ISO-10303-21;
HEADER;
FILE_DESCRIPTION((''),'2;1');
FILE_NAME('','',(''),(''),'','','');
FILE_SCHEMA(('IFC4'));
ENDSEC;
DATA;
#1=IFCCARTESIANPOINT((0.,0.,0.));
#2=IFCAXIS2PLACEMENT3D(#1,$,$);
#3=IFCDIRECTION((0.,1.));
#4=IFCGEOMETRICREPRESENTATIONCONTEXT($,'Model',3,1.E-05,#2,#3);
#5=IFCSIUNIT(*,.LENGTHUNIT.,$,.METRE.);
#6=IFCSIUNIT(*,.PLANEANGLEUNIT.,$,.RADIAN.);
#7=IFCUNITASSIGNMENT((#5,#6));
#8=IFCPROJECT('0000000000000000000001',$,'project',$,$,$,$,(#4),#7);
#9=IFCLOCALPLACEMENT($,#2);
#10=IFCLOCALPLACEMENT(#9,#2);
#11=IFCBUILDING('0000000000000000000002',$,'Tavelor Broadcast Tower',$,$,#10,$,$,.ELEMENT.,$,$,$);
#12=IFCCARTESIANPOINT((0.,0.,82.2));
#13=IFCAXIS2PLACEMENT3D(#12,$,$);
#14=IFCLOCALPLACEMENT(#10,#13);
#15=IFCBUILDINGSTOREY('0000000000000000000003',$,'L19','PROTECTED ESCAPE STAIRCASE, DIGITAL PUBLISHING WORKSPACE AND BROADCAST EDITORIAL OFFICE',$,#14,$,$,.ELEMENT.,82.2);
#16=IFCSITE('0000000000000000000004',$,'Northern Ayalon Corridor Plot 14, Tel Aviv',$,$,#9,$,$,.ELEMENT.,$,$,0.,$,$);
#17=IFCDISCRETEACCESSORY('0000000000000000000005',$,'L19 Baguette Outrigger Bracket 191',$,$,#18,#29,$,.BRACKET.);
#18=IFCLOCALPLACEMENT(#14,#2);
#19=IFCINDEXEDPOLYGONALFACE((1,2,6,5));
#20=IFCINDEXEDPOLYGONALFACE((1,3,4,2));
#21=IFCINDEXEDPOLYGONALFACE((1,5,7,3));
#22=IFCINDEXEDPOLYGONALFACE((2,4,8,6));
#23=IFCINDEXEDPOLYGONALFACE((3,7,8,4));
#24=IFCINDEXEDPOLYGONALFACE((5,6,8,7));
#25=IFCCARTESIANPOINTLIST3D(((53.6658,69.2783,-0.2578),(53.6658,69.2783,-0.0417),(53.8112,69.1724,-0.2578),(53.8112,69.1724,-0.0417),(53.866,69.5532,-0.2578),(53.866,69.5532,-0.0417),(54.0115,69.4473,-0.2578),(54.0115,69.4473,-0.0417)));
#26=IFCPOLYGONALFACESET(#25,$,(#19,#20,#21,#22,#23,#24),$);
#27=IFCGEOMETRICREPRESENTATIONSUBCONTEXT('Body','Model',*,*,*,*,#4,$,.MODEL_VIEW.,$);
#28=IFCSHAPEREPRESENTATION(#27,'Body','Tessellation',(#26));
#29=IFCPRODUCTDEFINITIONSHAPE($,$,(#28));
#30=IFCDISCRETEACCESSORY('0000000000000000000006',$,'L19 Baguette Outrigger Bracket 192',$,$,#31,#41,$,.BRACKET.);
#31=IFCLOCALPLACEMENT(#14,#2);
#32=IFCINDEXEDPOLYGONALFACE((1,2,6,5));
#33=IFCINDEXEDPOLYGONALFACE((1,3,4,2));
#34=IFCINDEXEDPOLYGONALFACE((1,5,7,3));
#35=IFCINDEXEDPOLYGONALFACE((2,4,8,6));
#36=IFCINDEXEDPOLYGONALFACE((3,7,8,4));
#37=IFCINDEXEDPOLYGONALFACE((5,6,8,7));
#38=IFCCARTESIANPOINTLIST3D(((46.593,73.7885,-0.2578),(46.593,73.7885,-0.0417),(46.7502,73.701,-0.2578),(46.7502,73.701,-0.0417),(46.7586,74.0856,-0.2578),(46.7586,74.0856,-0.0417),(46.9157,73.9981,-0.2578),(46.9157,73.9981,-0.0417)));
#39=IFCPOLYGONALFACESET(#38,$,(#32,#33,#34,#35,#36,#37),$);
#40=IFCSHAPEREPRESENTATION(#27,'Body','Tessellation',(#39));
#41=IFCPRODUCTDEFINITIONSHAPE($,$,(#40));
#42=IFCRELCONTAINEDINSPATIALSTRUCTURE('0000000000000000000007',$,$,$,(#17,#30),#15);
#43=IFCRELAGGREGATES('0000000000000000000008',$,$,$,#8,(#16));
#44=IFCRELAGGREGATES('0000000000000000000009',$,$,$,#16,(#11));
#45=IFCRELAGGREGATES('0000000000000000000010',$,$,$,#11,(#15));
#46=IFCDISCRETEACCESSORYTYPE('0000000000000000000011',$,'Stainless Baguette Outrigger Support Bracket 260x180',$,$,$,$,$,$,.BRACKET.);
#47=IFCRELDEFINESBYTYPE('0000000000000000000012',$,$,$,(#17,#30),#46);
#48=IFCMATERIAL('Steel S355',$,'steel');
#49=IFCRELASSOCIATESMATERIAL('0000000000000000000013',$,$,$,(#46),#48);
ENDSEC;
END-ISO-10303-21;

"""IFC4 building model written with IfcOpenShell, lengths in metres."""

from ifc_helpers import new_model, si_unit, direction, frame, origin, origin_2d, place, context, subcontext, project, spatial, rectangle, extrude, source, transform, mapped, material, type_object, type_shapes, element, save


model = new_model("IFC4")

# Units and contexts
model_context = context("Model", 3, precision=1e-05, world=origin(), true_north=direction((0.0, 1.0)))
body_context = subcontext(model_context, "Body", "Model", "MODEL_VIEW")
ifc_project = project(units=[si_unit("LENGTHUNIT", "METRE"), si_unit("PLANEANGLEUNIT", "RADIAN")], contexts=[model_context])

# Site, building, storey
site_placement = place(None, origin())
site = spatial("IfcSite", under=ifc_project, at=site_placement, Name="Northern Ayalon Corridor Plot 14, Tel Aviv", CompositionType="ELEMENT", RefElevation=0.0)
building_placement = place(site_placement, origin())
building = spatial("IfcBuilding", under=site, at=building_placement, Name="Tavelor Broadcast Tower", CompositionType="ELEMENT")
storey_placement = place(building_placement, frame((0.0, 0.0, 82.2)))
storey = spatial("IfcBuildingStorey", under=building, at=storey_placement, Name="L19", Description="PROTECTED ESCAPE STAIRCASE, DIGITAL PUBLISHING WORKSPACE AND BROADCAST EDITORIAL OFFICE", CompositionType="ELEMENT", Elevation=82.2)

# Shared definitions
ifc_material_1 = material(Name="Steel S355", Category="steel")

# Discrete accessories
discrete_accessory_type = type_object("IfcDiscreteAccessoryType", Name="Stainless Baguette Outrigger Support Bracket 260x180", PredefinedType="BRACKET", material=ifc_material_1)
shared_shape_1 = source(origin(), body_context, "Body", "SweptSolid", [
    extrude(rectangle(XDim=0.1799, YDim=0.3401, at=origin_2d()), origin(), (0.0, 0.0, 1.0), 0.2161),
])
type_shapes(discrete_accessory_type, [shared_shape_1])
for number, where, z_axis, x_axis, name in (
    (1, (53.8386, 69.3628, -0.2578), (0.0, 0.0, 1.0), (-0.808298, 0.588773, 0.0), "L19 Baguette Outrigger Bracket 191"),
    (2, (46.7544, 73.8933, -0.2578), (0.0, 0.0, 1.0), (-0.873602, 0.48664, 0.0), "L19 Baguette Outrigger Bracket 192"),
):
    element("IfcDiscreteAccessory", number, at=place(storey_placement, frame(where, z_axis=z_axis, x_axis=x_axis)), inside=storey, type_object=discrete_accessory_type, Name=name, PredefinedType="BRACKET", context=body_context, shape_type="MappedRepresentation", body=[
        mapped(shared_shape_1, transform((0.0, 0.0, 0.0), scale=1.0)),
    ])

save(model, "model.ifc")
